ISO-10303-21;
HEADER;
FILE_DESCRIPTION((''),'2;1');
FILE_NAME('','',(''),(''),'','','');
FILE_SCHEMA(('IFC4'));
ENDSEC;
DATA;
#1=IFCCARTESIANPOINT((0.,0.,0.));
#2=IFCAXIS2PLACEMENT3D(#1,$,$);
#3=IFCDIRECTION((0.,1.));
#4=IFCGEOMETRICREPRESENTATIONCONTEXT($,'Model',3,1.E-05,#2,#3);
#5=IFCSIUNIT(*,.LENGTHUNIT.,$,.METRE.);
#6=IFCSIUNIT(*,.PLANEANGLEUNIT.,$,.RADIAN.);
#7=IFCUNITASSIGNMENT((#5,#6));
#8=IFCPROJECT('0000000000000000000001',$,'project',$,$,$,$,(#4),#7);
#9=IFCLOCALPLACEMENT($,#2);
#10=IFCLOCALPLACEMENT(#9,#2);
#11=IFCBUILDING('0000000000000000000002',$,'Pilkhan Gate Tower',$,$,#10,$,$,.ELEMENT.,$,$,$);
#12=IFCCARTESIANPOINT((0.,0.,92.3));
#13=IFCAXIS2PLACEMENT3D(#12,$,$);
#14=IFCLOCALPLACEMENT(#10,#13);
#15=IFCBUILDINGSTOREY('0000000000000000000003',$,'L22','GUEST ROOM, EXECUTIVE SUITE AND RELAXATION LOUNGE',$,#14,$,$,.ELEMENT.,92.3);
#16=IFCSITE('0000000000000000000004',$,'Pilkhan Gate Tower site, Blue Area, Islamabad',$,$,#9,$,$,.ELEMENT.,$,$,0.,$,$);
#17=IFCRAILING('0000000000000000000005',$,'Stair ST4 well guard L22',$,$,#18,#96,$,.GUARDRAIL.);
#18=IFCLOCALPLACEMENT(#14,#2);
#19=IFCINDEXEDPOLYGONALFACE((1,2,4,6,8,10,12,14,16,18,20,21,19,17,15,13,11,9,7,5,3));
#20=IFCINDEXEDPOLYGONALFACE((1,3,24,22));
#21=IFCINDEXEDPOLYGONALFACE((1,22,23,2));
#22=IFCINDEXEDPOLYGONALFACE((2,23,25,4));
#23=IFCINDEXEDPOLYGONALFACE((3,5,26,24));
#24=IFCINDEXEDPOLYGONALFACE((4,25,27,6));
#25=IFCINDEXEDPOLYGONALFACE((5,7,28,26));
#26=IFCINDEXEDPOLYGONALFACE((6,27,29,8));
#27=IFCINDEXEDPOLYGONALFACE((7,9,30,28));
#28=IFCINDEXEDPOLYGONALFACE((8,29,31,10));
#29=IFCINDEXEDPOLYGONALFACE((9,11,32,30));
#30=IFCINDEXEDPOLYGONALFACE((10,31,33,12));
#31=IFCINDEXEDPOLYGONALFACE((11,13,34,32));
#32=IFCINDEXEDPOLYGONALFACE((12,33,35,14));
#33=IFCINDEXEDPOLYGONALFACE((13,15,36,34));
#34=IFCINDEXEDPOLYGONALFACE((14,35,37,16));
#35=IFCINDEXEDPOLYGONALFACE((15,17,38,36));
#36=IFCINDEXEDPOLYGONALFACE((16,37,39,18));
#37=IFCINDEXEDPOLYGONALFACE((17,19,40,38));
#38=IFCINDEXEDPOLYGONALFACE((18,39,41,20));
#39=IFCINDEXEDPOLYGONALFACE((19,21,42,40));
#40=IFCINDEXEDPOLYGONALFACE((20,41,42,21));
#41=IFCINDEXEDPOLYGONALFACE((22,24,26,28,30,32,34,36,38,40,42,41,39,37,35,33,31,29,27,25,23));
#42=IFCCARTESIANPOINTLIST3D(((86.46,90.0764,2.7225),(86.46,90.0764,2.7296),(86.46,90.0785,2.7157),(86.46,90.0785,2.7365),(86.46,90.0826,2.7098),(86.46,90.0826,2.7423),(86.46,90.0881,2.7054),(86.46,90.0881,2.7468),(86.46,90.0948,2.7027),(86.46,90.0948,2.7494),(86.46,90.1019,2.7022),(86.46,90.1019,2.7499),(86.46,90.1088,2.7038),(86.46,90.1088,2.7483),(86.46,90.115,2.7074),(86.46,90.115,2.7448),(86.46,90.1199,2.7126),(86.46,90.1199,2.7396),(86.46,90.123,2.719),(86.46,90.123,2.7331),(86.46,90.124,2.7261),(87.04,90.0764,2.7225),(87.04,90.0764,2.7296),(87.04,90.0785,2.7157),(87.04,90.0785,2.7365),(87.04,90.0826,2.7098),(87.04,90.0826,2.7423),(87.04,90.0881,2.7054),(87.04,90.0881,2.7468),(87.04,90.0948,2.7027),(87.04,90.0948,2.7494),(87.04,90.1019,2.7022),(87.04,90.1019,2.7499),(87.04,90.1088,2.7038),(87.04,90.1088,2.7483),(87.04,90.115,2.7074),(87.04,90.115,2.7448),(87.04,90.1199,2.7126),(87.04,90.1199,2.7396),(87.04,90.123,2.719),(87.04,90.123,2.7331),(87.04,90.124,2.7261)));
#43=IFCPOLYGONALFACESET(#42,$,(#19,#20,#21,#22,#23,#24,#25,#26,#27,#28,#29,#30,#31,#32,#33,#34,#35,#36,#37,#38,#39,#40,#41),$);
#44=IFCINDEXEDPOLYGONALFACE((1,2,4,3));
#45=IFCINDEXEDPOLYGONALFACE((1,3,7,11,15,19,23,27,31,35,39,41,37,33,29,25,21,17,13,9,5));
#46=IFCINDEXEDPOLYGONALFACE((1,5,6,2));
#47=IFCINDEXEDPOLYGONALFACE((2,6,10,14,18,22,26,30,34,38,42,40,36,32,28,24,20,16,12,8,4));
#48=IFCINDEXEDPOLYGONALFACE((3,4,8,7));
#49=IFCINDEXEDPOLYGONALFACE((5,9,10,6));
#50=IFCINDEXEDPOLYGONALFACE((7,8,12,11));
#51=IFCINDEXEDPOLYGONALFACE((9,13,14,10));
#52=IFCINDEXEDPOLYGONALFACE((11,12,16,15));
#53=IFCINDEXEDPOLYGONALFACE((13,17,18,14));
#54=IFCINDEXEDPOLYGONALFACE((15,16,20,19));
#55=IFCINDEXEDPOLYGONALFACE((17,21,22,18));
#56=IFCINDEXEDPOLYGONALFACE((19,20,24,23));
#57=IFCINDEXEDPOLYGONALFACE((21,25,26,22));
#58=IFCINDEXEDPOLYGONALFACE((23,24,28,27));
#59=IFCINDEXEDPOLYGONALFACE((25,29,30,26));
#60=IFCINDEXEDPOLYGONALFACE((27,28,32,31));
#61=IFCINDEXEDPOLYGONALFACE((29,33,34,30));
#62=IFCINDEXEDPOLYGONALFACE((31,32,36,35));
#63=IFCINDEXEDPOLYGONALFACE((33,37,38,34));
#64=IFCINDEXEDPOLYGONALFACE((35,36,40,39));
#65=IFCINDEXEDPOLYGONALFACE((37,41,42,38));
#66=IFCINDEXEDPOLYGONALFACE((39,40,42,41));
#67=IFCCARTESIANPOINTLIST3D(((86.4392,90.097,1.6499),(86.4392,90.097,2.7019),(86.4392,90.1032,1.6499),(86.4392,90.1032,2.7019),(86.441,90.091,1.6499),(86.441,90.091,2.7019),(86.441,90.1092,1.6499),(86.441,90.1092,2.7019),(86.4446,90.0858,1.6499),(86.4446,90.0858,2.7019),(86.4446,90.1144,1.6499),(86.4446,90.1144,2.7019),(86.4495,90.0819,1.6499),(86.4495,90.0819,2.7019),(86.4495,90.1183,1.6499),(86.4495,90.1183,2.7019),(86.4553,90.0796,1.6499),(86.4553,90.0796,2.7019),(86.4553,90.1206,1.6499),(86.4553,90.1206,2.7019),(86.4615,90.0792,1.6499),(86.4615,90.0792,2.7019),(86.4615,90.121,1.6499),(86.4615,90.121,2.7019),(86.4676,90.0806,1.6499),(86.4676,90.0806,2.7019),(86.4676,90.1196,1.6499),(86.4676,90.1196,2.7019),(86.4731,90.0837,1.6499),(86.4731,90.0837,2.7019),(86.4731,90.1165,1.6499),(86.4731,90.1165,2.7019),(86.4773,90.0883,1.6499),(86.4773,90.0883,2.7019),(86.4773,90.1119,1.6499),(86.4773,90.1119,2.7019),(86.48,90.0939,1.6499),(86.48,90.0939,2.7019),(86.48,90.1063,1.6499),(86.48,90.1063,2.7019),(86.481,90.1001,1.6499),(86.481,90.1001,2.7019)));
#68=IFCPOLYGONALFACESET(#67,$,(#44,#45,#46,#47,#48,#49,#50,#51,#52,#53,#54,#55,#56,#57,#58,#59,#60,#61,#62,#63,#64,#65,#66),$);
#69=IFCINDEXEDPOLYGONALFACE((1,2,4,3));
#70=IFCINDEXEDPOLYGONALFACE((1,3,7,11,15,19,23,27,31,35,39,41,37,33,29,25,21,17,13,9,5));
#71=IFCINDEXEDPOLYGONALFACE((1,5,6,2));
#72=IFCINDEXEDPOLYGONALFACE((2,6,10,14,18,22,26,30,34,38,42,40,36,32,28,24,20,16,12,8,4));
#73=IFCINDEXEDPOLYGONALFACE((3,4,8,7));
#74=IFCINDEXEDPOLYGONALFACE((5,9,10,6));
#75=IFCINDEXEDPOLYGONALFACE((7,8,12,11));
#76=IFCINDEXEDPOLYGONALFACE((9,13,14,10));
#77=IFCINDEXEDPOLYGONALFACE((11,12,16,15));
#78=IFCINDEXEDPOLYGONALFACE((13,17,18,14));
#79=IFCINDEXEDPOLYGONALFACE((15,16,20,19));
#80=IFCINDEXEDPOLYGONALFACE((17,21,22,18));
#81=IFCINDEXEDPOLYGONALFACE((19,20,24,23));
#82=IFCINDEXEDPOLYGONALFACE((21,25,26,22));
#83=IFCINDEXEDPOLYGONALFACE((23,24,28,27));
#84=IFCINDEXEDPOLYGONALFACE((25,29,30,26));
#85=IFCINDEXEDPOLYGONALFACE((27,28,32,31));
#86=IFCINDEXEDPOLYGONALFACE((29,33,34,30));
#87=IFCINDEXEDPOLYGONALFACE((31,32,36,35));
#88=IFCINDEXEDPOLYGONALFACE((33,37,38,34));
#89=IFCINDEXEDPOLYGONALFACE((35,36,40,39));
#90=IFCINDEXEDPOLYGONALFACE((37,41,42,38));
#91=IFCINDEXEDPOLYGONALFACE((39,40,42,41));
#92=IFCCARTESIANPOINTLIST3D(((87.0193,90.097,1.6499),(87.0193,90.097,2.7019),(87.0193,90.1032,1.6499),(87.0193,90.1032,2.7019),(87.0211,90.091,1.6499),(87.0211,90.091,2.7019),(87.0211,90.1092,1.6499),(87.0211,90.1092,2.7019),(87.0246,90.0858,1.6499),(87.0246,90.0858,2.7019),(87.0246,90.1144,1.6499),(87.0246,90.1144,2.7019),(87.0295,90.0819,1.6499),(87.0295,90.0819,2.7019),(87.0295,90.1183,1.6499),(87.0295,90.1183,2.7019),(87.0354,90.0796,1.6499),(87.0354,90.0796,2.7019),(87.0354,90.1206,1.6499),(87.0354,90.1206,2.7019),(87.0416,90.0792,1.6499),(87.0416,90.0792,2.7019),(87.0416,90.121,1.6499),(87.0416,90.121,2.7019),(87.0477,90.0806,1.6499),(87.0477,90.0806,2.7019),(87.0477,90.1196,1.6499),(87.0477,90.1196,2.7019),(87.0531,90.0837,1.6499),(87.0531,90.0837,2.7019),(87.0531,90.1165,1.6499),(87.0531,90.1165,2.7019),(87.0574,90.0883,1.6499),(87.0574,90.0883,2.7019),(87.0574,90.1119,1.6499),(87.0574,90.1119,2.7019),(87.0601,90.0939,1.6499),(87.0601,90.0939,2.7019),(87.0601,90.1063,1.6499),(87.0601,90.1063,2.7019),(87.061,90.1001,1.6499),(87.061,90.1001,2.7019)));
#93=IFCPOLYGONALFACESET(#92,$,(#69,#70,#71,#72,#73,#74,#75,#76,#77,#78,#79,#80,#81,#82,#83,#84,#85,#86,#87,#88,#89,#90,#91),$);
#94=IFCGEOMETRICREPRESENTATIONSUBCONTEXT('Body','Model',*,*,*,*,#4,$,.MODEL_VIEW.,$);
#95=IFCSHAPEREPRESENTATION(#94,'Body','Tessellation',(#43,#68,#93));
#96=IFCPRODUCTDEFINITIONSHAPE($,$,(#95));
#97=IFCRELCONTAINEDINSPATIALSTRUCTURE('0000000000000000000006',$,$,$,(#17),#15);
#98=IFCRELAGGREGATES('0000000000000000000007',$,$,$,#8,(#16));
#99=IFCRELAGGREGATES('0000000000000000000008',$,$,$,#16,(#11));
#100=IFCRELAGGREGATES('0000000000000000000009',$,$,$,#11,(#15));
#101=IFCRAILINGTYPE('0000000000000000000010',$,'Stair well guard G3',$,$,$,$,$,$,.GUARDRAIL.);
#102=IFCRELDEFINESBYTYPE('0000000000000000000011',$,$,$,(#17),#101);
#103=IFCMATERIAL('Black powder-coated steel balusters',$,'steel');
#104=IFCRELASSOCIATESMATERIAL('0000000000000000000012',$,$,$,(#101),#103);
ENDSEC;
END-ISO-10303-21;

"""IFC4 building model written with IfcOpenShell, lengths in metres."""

from ifc_helpers import new_model, si_unit, direction, frame, origin, origin_2d, place, context, subcontext, project, spatial, circle, extrude, material, type_object, element, save


model = new_model("IFC4")

# Units and contexts
model_context = context("Model", 3, precision=1e-05, world=origin(), true_north=direction((0.0, 1.0)))
body_context = subcontext(model_context, "Body", "Model", "MODEL_VIEW")
ifc_project = project(units=[si_unit("LENGTHUNIT", "METRE"), si_unit("PLANEANGLEUNIT", "RADIAN")], contexts=[model_context])

# Site, building, storey
site_placement = place(None, origin())
site = spatial("IfcSite", under=ifc_project, at=site_placement, Name="Pilkhan Gate Tower site, Blue Area, Islamabad", CompositionType="ELEMENT", RefElevation=0.0)
building_placement = place(site_placement, origin())
building = spatial("IfcBuilding", under=site, at=building_placement, Name="Pilkhan Gate Tower", CompositionType="ELEMENT")
storey_placement = place(building_placement, frame((0.0, 0.0, 92.3)))
storey = spatial("IfcBuildingStorey", under=building, at=storey_placement, Name="L22", Description="GUEST ROOM, EXECUTIVE SUITE AND RELAXATION LOUNGE", CompositionType="ELEMENT", Elevation=92.3)

# Railing
ifc_material_1 = material(Name="Black powder-coated steel balusters", Category="steel")
railing_type_1 = type_object("IfcRailingType", Name="Stair well guard G3", PredefinedType="GUARDRAIL", material=ifc_material_1)
for number, where, name in (
    (1, (86.46, 90.1001, 1.6499), "Stair ST4 well guard L22"),
):
    element("IfcRailing", number, at=place(storey_placement, frame(where)), inside=storey, type_object=railing_type_1, Name=name, PredefinedType="GUARDRAIL", context=body_context, shape_type="SweptSolid", body=[
        extrude(circle(Radius=0.0239, at=origin_2d()), frame((0.0, 0.0, 1.0762), z_axis=(1.0, 0.0, 0.0), x_axis=(0.0, 1.0, 0.0)), (0.0, 0.0, 1.0), 0.5801),
        extrude(circle(Radius=0.021, at=origin_2d()), origin(), (0.0, 0.0, 1.0), 1.052),
        extrude(circle(Radius=0.021, at=origin_2d()), frame((0.5801, 0.0, 0.0)), (0.0, 0.0, 1.0), 1.052),
    ])

save(model, "model.ifc")
